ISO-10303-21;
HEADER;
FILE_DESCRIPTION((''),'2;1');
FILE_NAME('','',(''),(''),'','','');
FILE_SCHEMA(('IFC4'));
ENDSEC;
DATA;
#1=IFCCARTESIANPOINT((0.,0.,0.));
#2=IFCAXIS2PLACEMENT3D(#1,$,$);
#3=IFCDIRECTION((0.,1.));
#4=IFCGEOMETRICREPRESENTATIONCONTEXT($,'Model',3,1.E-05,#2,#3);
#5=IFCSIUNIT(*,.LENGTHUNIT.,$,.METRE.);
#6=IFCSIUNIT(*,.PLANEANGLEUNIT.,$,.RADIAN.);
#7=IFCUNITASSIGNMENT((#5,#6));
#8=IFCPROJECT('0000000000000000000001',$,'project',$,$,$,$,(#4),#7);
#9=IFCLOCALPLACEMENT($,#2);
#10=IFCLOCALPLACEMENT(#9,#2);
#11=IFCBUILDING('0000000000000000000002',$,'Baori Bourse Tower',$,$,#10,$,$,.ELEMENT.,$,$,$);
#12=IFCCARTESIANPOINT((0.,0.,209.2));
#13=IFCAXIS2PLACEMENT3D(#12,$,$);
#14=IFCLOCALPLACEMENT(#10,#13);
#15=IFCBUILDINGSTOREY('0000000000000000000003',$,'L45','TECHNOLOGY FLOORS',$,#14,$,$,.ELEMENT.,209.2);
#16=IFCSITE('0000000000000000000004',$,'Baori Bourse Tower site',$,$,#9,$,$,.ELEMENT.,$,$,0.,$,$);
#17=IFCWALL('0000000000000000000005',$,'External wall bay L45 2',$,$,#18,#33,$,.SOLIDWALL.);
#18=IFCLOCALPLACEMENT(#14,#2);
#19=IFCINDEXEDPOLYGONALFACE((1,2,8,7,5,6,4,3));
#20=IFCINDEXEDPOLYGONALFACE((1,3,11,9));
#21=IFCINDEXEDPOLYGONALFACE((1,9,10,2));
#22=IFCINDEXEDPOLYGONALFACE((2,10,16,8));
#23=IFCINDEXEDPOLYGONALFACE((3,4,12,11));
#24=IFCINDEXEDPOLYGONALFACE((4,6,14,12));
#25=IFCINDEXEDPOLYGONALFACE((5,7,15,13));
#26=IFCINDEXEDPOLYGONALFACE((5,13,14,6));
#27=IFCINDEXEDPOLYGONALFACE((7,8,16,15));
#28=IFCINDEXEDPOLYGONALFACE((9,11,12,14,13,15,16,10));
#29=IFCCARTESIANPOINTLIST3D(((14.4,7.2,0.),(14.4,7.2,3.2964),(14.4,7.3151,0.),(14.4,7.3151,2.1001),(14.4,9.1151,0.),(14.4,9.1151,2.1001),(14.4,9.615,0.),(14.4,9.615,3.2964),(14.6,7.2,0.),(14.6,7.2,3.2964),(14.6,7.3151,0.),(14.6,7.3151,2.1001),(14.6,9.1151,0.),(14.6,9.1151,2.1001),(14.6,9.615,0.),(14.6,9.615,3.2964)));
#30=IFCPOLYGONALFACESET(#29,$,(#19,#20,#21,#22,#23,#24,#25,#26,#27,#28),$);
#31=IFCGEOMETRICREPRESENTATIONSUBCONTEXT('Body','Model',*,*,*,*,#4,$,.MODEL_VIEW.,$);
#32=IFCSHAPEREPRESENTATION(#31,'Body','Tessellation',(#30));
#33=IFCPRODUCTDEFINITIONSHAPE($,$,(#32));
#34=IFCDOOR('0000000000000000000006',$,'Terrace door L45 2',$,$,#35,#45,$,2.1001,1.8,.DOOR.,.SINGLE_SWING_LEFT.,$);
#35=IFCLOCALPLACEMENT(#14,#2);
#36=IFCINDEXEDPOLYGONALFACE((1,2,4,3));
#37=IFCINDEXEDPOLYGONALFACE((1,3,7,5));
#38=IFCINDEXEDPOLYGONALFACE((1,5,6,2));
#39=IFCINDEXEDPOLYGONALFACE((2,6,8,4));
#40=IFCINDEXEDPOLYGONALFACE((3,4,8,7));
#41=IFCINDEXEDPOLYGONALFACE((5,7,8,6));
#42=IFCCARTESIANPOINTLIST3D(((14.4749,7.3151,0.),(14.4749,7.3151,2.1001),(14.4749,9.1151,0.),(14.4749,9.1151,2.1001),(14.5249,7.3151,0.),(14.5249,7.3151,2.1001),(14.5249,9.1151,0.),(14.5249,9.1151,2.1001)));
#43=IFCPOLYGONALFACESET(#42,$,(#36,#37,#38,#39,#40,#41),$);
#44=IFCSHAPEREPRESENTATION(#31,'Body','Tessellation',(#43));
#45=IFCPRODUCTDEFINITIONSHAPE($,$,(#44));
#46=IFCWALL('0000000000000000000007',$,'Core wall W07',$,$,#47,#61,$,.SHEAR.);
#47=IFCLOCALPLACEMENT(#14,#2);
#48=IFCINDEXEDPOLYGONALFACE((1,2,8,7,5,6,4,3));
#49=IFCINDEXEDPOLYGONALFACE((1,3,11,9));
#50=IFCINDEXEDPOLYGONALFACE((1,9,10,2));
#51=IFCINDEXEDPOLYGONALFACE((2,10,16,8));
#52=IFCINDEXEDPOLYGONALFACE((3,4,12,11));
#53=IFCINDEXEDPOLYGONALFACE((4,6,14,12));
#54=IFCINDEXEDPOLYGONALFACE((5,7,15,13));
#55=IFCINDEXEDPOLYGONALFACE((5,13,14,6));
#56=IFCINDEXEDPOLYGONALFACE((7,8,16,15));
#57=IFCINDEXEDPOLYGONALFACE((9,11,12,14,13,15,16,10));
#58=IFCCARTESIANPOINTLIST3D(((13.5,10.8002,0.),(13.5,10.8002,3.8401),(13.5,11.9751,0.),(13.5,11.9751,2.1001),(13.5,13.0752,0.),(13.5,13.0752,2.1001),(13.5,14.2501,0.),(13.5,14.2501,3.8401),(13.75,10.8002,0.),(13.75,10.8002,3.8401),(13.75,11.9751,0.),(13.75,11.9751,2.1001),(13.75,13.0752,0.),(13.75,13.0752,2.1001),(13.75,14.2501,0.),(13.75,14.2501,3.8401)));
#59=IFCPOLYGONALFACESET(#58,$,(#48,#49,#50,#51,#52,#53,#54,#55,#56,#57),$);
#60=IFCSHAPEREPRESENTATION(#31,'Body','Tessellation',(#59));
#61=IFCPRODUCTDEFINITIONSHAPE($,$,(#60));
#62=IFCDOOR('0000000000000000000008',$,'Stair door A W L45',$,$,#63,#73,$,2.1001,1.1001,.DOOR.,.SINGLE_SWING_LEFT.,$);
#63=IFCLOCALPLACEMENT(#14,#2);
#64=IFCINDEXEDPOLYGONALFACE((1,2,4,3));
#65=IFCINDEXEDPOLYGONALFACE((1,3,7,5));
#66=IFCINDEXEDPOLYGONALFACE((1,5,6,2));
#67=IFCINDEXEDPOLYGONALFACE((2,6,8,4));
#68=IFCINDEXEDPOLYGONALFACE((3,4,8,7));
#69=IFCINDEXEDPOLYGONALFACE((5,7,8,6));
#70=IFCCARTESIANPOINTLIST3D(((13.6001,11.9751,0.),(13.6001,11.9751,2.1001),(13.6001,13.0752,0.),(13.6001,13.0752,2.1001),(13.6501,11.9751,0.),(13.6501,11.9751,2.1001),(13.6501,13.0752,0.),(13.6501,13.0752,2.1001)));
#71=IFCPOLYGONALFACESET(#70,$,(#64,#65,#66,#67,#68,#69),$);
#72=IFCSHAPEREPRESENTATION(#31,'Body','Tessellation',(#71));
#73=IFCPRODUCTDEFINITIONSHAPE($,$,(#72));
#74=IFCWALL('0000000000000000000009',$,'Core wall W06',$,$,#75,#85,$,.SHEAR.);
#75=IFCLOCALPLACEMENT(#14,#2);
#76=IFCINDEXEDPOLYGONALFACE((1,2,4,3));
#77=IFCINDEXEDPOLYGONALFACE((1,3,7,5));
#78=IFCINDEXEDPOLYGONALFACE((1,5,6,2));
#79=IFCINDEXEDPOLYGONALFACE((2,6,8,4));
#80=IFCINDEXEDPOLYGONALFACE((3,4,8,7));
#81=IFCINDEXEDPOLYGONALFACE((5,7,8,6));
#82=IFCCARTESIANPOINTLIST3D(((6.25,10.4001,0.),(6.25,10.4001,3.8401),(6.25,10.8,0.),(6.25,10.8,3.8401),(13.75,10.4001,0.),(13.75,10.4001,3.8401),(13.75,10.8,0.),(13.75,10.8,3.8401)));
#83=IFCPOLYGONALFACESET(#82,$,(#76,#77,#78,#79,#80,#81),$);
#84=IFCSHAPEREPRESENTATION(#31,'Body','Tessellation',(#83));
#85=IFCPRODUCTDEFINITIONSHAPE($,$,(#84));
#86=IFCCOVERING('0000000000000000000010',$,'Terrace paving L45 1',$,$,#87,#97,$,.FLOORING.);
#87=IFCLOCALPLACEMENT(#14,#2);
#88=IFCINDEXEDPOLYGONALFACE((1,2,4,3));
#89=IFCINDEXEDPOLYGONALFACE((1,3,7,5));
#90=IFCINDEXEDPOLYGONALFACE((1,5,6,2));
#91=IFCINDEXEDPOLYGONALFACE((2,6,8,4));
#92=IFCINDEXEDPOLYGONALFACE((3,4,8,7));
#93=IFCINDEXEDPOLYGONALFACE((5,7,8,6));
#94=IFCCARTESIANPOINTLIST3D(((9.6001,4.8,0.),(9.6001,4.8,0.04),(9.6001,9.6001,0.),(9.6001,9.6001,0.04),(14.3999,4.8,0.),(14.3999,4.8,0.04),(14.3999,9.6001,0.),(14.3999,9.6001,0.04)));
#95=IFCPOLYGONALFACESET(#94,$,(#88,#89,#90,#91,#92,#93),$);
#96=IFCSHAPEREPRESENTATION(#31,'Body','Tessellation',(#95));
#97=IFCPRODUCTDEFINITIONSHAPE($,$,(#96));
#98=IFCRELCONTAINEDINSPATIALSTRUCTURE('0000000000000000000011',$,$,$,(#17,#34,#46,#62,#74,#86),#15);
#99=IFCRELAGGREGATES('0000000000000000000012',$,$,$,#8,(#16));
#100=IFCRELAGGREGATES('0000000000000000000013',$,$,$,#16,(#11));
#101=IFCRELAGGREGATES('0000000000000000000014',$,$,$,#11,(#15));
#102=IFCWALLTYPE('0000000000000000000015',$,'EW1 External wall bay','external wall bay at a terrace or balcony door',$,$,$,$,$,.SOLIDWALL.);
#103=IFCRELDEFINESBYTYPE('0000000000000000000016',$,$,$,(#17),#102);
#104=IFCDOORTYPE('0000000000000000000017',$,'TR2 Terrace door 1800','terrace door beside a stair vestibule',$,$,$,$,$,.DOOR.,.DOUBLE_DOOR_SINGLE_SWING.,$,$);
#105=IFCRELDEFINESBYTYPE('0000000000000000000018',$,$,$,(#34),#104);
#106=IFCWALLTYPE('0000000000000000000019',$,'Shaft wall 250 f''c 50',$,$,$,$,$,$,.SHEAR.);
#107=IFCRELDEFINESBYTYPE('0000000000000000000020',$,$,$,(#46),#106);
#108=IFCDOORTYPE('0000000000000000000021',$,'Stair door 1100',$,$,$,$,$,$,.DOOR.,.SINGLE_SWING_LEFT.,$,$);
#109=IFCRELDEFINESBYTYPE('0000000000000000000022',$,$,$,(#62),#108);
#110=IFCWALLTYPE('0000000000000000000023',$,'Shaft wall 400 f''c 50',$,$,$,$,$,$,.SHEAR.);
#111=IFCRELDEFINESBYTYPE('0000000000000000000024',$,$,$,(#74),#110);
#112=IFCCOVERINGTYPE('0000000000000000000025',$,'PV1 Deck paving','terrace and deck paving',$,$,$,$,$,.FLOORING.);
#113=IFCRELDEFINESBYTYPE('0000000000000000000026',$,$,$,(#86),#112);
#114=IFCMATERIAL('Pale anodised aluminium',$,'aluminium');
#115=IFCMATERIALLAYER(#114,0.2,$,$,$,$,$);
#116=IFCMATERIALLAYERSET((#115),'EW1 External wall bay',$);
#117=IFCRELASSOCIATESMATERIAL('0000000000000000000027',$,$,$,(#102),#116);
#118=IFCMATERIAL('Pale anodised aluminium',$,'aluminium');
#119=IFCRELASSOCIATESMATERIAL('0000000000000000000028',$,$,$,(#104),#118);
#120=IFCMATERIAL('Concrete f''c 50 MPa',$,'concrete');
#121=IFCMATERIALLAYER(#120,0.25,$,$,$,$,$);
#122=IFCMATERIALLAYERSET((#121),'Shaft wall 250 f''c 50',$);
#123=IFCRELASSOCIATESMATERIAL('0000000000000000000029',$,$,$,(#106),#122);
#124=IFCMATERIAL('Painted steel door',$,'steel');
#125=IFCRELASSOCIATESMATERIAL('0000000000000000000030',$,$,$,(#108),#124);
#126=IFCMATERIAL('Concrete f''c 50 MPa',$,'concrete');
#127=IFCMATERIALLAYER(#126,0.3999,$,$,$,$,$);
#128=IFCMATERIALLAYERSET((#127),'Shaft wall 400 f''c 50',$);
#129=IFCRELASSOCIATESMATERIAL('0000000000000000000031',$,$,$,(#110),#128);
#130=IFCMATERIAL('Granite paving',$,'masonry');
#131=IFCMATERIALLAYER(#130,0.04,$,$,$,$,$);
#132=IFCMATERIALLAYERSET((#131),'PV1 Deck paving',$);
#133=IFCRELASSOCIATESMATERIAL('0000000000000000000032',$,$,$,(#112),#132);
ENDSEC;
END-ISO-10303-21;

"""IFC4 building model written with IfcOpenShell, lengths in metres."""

from ifc_helpers import new_model, si_unit, direction, frame, frame_2d, origin, place, context, subcontext, project, spatial, polyline, rectangle, outline, extrude, material, layer, layer_set, type_object, element, fill, save


model = new_model("IFC4")

# Units and contexts
model_context = context("Model", 3, precision=1e-05, world=origin(), true_north=direction((0.0, 1.0)))
body_context = subcontext(model_context, "Body", "Model", "MODEL_VIEW")
ifc_project = project(units=[si_unit("LENGTHUNIT", "METRE"), si_unit("PLANEANGLEUNIT", "RADIAN")], contexts=[model_context])

# Site, building, storey
site_placement = place(None, origin())
site = spatial("IfcSite", under=ifc_project, at=site_placement, Name="Baori Bourse Tower site", CompositionType="ELEMENT", RefElevation=0.0)
building_placement = place(site_placement, origin())
building = spatial("IfcBuilding", under=site, at=building_placement, Name="Baori Bourse Tower", CompositionType="ELEMENT")
storey_placement = place(building_placement, frame((0.0, 0.0, 209.2)))
storey = spatial("IfcBuildingStorey", under=building, at=storey_placement, Name="L45", Description="TECHNOLOGY FLOORS", CompositionType="ELEMENT", Elevation=209.2)

# Walls, openings, doors
ifc_material_1 = material(Name="Pale anodised aluminium", Category="aluminium")
ifc_layer_1 = layer(ifc_material_1, 0.2)
ifc_layer_set_1 = layer_set([ifc_layer_1], Name="EW1 External wall bay")
wall_type_1 = type_object("IfcWallType", Name="EW1 External wall bay", Description="external wall bay at a terrace or balcony door", PredefinedType="SOLIDWALL", material=ifc_layer_set_1)
wall_1_placement = place(storey_placement, frame((14.5, 9.615, 0.0), z_axis=(0.0, 0.0, 1.0), x_axis=(0.0, -1.0, 0.0)))
wall_1 = element("IfcWall", 1, at=wall_1_placement, inside=storey, type_object=wall_type_1, Name="External wall bay L45 2", PredefinedType="SOLIDWALL", context=body_context, shape_type="SweptSolid", body=[
    extrude(rectangle(XDim=2.415, YDim=0.2, at=frame_2d((1.2075, 0.0))), origin(), (0.0, 0.0, 1.0), 3.2964),
])
opening_1_placement = place(wall_1_placement, frame((0.5, 0.0, 0.0)))
opening_1 = element("IfcOpeningElement", 2, at=opening_1_placement, cuts=wall_1, PredefinedType="OPENING", context=body_context, shape_type="SweptSolid", body=[
    extrude(rectangle(XDim=1.8, YDim=2.1001, at=frame_2d((0.8999, 1.05))), frame((0.0, 0.1099, 0.0), z_axis=(0.0, -1.0, 0.0), x_axis=(1.0, 0.0, 0.0)), (0.0, 0.0, 1.0), 0.22),
])
ifc_material_2 = material(Name="Pale anodised aluminium", Category="aluminium")
door_type_1 = type_object("IfcDoorType", Name="TR2 Terrace door 1800", Description="terrace door beside a stair vestibule", OperationType="DOUBLE_DOOR_SINGLE_SWING", PredefinedType="DOOR", material=ifc_material_2)
door_1_placement = place(opening_1_placement, origin())
door_1 = element("IfcDoor", 3, at=door_1_placement, inside=storey, type_object=door_type_1, Name="Terrace door L45 2", OperationType="SINGLE_SWING_LEFT", OverallHeight=2.1001, OverallWidth=1.8, PredefinedType="DOOR", context=body_context, shape_type="SweptSolid", body=[
    extrude(rectangle(XDim=1.8, YDim=2.1001, at=frame_2d((0.8999, 1.05))), frame((0.0, 0.0249, 0.0), z_axis=(0.0, -1.0, 0.0), x_axis=(1.0, 0.0, 0.0)), (0.0, 0.0, 1.0), 0.05),
])
fill(opening_1, door_1)
ifc_material_3 = material(Name="Concrete f'c 50 MPa", Category="concrete")
ifc_layer_2 = layer(ifc_material_3, 0.25)
ifc_layer_set_2 = layer_set([ifc_layer_2], Name="Shaft wall 250 f'c 50")
wall_type_2 = type_object("IfcWallType", Name="Shaft wall 250 f'c 50", PredefinedType="SHEAR", material=ifc_layer_set_2)
wall_2_placement = place(storey_placement, frame((13.625, 10.8, 0.0), z_axis=(0.0, 0.0, 1.0), x_axis=(0.0, 1.0, 0.0)))
wall_2 = element("IfcWall", 4, at=wall_2_placement, inside=storey, type_object=wall_type_2, Name="Core wall W07", PredefinedType="SHEAR", context=body_context, shape_type="SweptSolid", body=[
    extrude(rectangle(XDim=3.45, YDim=0.25, at=frame_2d((1.7251, 0.0))), origin(), (0.0, 0.0, 1.0), 3.8401),
])
opening_2_placement = place(wall_2_placement, frame((1.175, 0.0, 0.0)))
opening_2 = element("IfcOpeningElement", 5, at=opening_2_placement, cuts=wall_2, PredefinedType="OPENING", context=body_context, shape_type="SweptSolid", body=[
    extrude(rectangle(XDim=1.1001, YDim=2.1001, at=frame_2d((0.55, 1.05))), frame((0.0, 0.135, 0.0), z_axis=(0.0, -1.0, 0.0), x_axis=(1.0, 0.0, 0.0)), (0.0, 0.0, 1.0), 0.27),
])
ifc_material_4 = material(Name="Painted steel door", Category="steel")
door_type_2 = type_object("IfcDoorType", Name="Stair door 1100", OperationType="SINGLE_SWING_LEFT", PredefinedType="DOOR", material=ifc_material_4)
door_2_placement = place(opening_2_placement, origin())
door_2 = element("IfcDoor", 6, at=door_2_placement, inside=storey, type_object=door_type_2, Name="Stair door A W L45", OperationType="SINGLE_SWING_LEFT", OverallHeight=2.1001, OverallWidth=1.1001, PredefinedType="DOOR", context=body_context, shape_type="SweptSolid", body=[
    extrude(rectangle(XDim=1.1001, YDim=2.1001, at=frame_2d((0.55, 1.05))), frame((0.0, 0.0249, 0.0), z_axis=(0.0, -1.0, 0.0), x_axis=(1.0, 0.0, 0.0)), (0.0, 0.0, 1.0), 0.05),
])
fill(opening_2, door_2)

# Wall
ifc_material_5 = material(Name="Concrete f'c 50 MPa", Category="concrete")
ifc_layer_3 = layer(ifc_material_5, 0.3999)
ifc_layer_set_3 = layer_set([ifc_layer_3], Name="Shaft wall 400 f'c 50")
wall_type_3 = type_object("IfcWallType", Name="Shaft wall 400 f'c 50", PredefinedType="SHEAR", material=ifc_layer_set_3)
wall_3_placement = place(storey_placement, frame((6.25, 10.6001, 0.0), z_axis=(0.0, 0.0, 1.0), x_axis=(1.0, 0.0, 0.0)))
element("IfcWall", 7, at=wall_3_placement, inside=storey, type_object=wall_type_3, Name="Core wall W06", PredefinedType="SHEAR", context=body_context, shape_type="SweptSolid", body=[
    extrude(rectangle(XDim=7.5, YDim=0.3999, at=frame_2d((3.75, 0.0))), origin(), (0.0, 0.0, 1.0), 3.8401),
])

# Covering
ifc_material_6 = material(Name="Granite paving", Category="masonry")
ifc_layer_4 = layer(ifc_material_6, 0.04)
ifc_layer_set_4 = layer_set([ifc_layer_4], Name="PV1 Deck paving")
covering_type = type_object("IfcCoveringType", Name="PV1 Deck paving", Description="terrace and deck paving", PredefinedType="FLOORING", material=ifc_layer_set_4)
covering_placement = place(storey_placement, origin())
element("IfcCovering", 8, at=covering_placement, inside=storey, type_object=covering_type, Name="Terrace paving L45 1", PredefinedType="FLOORING", context=body_context, shape_type="SweptSolid", body=[
    extrude(outline(polyline([(14.3999, 9.6001), (9.6001, 9.6001), (9.6001, 4.8), (14.3999, 4.8), (14.3999, 9.6001)])), origin(), (0.0, 0.0, 1.0), 0.04),
])

save(model, "model.ifc")
